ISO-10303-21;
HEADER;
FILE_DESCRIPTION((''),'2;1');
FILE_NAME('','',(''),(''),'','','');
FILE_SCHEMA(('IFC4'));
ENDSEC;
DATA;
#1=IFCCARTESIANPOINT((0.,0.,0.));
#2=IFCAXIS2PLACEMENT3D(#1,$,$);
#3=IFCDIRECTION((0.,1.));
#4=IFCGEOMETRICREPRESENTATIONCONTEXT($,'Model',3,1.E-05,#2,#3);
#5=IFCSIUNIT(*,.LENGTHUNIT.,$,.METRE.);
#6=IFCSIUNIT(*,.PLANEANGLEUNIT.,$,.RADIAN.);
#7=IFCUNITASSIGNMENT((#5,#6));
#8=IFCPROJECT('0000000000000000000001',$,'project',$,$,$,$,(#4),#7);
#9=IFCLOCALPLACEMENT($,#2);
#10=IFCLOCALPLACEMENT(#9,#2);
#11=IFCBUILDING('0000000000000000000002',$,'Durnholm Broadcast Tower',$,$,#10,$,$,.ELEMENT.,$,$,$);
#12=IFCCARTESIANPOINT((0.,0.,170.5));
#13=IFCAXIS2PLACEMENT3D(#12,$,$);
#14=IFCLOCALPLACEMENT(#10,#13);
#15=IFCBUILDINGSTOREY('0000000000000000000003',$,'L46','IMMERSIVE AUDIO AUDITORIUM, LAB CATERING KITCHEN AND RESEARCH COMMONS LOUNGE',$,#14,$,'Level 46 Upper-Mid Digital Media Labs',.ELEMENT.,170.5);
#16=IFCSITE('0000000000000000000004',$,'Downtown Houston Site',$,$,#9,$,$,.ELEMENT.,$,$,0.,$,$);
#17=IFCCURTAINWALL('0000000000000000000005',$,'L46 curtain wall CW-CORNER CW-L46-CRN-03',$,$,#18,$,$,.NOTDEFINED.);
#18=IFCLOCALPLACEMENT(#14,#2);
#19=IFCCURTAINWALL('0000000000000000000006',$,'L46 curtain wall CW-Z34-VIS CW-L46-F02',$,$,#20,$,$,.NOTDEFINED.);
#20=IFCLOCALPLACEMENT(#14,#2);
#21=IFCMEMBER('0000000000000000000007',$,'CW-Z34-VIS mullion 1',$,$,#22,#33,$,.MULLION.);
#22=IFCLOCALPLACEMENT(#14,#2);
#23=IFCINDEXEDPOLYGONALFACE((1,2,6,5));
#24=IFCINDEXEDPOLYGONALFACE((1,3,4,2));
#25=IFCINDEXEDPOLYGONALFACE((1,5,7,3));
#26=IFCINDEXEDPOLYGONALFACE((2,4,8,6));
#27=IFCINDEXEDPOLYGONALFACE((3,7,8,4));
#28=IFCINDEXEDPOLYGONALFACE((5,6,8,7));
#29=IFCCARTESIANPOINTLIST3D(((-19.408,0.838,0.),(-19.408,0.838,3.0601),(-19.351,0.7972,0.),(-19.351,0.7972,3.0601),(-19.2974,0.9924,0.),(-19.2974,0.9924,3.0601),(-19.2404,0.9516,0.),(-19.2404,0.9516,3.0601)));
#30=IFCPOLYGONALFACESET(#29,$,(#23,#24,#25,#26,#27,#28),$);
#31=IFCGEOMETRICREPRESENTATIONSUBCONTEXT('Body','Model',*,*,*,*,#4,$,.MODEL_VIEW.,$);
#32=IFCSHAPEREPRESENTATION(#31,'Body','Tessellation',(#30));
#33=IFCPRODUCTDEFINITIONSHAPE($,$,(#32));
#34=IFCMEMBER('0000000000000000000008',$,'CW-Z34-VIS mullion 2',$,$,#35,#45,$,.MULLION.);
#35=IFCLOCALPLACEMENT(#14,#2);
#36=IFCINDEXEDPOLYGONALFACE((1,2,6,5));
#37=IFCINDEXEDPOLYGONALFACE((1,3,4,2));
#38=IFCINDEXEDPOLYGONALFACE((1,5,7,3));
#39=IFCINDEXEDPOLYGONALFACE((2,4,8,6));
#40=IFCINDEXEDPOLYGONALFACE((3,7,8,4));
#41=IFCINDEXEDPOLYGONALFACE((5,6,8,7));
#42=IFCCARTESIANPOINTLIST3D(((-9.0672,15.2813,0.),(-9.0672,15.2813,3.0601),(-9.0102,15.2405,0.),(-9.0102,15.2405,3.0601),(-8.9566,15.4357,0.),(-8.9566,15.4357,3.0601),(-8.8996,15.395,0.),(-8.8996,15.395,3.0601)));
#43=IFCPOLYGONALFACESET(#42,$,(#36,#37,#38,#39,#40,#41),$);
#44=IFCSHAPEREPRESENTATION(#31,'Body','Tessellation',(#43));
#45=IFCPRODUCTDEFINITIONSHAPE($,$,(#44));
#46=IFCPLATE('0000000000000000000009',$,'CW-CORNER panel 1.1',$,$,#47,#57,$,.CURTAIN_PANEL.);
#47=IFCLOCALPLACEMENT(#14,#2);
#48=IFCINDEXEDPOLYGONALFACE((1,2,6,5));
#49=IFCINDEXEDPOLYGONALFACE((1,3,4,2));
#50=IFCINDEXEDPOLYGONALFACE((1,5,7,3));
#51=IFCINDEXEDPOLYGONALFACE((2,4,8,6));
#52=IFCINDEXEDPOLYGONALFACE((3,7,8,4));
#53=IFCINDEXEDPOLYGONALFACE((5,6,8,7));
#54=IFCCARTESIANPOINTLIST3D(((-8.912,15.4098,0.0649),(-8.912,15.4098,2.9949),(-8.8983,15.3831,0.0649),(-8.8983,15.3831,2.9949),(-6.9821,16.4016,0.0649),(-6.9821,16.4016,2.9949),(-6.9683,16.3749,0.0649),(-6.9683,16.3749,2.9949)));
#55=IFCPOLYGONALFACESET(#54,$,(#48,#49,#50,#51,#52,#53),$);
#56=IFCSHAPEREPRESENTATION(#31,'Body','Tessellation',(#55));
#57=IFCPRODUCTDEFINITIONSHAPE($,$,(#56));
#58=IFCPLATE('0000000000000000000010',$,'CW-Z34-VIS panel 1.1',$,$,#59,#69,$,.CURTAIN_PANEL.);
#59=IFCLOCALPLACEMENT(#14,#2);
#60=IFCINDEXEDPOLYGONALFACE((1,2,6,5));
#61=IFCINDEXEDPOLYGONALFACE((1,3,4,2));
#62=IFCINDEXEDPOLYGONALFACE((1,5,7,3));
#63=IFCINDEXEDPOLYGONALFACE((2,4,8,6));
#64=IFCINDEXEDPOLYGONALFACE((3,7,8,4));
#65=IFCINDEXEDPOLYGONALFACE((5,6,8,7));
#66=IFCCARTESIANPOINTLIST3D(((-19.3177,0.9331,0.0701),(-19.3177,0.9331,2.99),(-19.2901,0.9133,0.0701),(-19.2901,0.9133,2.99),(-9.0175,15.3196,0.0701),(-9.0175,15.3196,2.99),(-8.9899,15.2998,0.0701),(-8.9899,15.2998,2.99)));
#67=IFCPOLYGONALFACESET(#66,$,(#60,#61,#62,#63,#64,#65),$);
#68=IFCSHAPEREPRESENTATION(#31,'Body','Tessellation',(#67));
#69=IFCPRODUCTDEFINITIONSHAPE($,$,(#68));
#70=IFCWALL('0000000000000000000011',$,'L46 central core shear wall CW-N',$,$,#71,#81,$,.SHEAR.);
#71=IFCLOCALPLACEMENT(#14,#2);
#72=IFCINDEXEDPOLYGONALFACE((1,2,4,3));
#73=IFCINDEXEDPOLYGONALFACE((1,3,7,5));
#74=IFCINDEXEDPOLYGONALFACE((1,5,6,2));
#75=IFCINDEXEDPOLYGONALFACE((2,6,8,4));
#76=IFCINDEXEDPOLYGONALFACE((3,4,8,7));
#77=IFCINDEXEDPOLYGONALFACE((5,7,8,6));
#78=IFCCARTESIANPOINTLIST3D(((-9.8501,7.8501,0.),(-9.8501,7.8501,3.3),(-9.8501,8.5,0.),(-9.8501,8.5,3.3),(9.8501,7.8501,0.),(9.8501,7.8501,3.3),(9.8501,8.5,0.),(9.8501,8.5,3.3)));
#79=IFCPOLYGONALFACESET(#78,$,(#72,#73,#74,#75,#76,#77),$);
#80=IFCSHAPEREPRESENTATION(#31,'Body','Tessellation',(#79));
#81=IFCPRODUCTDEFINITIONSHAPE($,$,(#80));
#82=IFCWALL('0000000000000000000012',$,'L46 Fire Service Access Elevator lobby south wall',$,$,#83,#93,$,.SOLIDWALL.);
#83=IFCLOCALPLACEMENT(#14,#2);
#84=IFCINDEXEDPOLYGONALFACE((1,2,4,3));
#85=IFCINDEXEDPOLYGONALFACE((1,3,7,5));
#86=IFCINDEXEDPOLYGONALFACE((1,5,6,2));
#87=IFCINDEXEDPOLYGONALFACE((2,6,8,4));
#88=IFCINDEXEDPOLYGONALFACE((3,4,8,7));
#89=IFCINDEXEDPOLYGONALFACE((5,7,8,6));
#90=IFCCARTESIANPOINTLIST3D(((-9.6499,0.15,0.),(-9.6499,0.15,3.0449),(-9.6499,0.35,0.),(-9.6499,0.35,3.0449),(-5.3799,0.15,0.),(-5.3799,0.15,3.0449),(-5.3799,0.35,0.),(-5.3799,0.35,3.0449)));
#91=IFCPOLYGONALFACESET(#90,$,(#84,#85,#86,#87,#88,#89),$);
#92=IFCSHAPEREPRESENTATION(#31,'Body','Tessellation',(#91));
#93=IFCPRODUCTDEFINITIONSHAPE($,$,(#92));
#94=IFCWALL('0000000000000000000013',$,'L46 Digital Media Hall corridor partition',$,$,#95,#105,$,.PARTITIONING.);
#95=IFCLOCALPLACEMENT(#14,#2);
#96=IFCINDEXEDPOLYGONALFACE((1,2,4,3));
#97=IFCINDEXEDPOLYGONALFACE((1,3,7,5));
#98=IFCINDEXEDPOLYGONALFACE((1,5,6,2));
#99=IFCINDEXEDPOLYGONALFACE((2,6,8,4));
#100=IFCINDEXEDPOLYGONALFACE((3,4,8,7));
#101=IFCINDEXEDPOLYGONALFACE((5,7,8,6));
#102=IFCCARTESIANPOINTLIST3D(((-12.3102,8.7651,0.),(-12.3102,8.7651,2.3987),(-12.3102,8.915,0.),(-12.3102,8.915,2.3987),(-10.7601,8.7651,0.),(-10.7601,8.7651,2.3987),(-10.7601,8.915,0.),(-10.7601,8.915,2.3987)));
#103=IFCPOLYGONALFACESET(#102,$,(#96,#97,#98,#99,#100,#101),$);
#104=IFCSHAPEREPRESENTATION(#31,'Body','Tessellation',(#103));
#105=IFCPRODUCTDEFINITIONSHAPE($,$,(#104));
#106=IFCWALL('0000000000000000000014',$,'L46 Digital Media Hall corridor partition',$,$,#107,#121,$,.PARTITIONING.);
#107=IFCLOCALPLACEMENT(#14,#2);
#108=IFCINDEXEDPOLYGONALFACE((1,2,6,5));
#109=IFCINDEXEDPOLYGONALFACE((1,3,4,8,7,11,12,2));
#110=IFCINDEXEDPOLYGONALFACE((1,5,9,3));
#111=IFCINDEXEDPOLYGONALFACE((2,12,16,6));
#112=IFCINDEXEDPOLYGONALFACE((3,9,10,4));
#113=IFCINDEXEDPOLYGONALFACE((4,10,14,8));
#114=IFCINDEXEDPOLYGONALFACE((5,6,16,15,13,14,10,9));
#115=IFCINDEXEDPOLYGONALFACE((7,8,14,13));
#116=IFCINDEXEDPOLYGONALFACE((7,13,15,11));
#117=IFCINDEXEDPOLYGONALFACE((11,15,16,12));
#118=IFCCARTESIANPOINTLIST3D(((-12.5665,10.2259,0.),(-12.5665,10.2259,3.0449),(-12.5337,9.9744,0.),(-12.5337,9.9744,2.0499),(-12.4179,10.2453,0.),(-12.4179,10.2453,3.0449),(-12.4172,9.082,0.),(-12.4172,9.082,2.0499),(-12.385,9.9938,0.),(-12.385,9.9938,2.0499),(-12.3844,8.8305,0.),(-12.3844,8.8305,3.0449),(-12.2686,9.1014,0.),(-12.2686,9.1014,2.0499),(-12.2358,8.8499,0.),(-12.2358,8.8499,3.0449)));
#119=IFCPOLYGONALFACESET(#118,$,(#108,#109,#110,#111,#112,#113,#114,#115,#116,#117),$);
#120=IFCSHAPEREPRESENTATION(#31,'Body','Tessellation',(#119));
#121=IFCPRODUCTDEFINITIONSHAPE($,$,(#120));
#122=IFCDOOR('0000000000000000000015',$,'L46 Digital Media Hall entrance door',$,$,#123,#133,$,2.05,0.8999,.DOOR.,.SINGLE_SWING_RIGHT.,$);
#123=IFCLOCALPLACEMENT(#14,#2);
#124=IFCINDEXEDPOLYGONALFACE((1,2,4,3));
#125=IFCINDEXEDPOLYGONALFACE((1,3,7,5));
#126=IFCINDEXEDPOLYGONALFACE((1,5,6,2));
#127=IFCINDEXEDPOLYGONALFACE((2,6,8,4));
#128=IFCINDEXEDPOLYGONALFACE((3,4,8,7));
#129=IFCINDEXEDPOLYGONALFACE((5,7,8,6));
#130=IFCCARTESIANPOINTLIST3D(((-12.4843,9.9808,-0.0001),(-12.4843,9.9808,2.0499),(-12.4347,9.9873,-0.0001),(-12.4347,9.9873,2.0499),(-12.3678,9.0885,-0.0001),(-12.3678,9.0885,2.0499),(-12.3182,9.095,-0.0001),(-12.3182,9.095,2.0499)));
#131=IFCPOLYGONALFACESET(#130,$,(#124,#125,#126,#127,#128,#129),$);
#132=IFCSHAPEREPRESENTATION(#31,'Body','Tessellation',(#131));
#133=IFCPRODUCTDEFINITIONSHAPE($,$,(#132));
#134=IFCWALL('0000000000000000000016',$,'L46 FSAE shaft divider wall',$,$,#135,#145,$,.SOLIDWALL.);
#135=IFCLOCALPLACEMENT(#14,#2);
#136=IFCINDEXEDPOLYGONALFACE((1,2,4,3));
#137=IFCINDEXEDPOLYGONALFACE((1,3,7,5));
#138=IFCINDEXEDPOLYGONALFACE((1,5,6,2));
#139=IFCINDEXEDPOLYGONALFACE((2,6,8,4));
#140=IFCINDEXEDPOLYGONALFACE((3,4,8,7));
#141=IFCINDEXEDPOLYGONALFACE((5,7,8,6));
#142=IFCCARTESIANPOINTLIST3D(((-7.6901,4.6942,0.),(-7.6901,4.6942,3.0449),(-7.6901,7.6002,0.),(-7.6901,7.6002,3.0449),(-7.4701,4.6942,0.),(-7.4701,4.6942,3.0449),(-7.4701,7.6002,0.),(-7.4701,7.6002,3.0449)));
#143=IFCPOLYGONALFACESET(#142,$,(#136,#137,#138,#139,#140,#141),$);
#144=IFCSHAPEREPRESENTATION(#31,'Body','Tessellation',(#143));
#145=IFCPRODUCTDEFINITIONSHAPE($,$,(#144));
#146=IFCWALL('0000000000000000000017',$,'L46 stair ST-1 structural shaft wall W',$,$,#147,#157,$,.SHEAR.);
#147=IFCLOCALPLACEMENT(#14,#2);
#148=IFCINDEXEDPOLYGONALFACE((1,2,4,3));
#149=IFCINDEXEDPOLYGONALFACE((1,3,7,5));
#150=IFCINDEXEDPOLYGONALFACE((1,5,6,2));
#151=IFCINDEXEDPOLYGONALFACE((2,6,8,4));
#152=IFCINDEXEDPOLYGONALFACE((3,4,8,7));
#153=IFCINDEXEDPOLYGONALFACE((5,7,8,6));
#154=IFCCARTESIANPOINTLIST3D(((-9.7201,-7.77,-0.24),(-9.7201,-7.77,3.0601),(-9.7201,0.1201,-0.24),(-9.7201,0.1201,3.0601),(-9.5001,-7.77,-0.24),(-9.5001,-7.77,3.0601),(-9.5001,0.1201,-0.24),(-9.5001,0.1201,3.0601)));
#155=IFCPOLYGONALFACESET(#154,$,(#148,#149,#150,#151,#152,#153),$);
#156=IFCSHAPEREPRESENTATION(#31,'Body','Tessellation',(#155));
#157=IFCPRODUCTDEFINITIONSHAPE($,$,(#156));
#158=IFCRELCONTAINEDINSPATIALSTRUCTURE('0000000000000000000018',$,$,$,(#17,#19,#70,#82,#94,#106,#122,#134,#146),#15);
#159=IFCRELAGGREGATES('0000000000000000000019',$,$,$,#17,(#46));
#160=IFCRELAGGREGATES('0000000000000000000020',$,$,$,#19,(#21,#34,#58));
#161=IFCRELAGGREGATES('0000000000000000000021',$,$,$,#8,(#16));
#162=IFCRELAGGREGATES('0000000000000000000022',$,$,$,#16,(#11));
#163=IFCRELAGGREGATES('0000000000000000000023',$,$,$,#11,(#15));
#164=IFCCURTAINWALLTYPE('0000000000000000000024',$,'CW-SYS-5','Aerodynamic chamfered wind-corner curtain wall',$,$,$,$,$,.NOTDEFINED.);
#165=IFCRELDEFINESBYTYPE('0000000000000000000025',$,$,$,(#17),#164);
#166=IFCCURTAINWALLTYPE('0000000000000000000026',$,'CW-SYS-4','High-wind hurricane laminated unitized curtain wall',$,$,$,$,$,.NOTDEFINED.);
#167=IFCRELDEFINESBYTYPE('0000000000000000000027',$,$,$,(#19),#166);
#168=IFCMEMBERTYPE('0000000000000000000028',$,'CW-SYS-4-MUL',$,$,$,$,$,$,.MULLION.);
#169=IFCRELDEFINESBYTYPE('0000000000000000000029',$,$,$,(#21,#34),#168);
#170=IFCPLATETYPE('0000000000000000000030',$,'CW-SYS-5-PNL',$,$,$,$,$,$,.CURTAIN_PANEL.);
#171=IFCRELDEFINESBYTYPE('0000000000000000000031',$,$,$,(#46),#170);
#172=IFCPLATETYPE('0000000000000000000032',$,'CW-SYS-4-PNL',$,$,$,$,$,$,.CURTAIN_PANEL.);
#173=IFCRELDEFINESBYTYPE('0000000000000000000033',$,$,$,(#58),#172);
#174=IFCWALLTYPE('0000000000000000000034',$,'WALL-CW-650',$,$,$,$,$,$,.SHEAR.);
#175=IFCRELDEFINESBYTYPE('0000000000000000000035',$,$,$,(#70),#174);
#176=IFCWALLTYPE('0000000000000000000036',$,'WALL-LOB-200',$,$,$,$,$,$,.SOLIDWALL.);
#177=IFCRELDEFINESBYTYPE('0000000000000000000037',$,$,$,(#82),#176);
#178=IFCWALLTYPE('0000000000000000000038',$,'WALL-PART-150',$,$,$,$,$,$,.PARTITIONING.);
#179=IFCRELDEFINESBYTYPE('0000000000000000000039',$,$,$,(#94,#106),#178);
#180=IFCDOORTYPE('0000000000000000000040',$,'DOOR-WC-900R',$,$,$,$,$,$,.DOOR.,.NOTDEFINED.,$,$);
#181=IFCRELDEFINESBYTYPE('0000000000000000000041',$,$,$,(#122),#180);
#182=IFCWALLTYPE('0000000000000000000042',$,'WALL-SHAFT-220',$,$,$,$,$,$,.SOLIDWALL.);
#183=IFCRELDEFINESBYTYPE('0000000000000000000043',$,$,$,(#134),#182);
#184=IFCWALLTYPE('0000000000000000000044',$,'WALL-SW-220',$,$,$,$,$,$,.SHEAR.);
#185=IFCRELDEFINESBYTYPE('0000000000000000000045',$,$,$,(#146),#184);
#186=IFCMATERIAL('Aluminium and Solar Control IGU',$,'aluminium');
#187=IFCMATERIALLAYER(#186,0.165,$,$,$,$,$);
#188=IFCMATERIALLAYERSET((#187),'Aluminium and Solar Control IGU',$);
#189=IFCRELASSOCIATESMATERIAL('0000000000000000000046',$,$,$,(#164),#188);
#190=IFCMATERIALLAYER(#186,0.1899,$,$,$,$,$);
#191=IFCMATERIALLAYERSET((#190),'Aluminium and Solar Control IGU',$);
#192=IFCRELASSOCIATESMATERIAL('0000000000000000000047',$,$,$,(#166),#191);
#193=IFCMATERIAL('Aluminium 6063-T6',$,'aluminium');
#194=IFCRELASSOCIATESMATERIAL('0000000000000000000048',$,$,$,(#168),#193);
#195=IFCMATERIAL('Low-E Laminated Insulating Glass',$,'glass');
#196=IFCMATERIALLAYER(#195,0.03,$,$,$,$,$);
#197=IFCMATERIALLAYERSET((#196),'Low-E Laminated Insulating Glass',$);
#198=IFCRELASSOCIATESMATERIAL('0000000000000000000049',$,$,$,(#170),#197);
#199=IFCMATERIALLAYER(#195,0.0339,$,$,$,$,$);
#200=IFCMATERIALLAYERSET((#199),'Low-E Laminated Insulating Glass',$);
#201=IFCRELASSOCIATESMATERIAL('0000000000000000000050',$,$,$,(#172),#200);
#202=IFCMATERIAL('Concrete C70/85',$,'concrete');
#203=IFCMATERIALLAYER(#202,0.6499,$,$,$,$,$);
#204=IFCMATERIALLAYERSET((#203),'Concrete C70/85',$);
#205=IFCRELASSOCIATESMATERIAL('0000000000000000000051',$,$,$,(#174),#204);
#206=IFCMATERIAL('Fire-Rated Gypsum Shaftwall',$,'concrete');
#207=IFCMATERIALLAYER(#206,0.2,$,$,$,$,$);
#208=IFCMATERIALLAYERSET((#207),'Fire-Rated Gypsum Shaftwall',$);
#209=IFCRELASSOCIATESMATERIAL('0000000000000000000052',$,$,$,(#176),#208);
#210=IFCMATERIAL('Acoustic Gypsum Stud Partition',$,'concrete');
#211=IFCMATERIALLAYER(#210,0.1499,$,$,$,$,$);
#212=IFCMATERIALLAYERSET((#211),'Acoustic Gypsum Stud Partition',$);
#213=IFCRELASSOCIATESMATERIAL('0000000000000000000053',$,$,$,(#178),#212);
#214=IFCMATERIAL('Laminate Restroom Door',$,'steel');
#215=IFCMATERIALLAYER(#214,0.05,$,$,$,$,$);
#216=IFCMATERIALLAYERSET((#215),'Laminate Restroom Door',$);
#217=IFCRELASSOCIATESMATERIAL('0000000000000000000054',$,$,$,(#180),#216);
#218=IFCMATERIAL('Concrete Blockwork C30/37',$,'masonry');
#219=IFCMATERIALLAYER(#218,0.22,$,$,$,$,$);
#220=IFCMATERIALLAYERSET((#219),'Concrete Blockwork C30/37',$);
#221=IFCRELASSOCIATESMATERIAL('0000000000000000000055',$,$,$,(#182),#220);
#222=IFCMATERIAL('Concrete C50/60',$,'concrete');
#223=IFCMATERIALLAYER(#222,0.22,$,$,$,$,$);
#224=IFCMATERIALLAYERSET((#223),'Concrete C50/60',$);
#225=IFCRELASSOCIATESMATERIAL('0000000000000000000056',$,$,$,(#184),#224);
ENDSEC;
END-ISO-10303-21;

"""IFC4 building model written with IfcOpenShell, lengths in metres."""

from ifc_helpers import new_model, si_unit, direction, frame, frame_2d, origin, origin_2d, place, context, subcontext, project, spatial, rectangle, extrude, source, transform, mapped, material, layer, layer_set, material_profile, profile_set, type_object, type_shapes, element, fill, aggregate, save


model = new_model("IFC4")

# Units and contexts
model_context = context("Model", 3, precision=1e-05, world=origin(), true_north=direction((0.0, 1.0)))
body_context = subcontext(model_context, "Body", "Model", "MODEL_VIEW")
ifc_project = project(units=[si_unit("LENGTHUNIT", "METRE"), si_unit("PLANEANGLEUNIT", "RADIAN")], contexts=[model_context])

# Site, building, storey
site_placement = place(None, origin())
site = spatial("IfcSite", under=ifc_project, at=site_placement, Name="Downtown Houston Site", CompositionType="ELEMENT", RefElevation=0.0)
building_placement = place(site_placement, origin())
building = spatial("IfcBuilding", under=site, at=building_placement, Name="Durnholm Broadcast Tower", CompositionType="ELEMENT")
storey_placement = place(building_placement, frame((0.0, 0.0, 170.5)))
storey = spatial("IfcBuildingStorey", under=building, at=storey_placement, Name="L46", Description="IMMERSIVE AUDIO AUDITORIUM, LAB CATERING KITCHEN AND RESEARCH COMMONS LOUNGE", LongName="Level 46 Upper-Mid Digital Media Labs", CompositionType="ELEMENT", Elevation=170.5)

# Shared definitions
ifc_material_1 = material(Name="Concrete C70/85", Category="concrete")

# Shared definitions
ifc_material_2 = material(Name="Aluminium and Solar Control IGU", Category="aluminium")
ifc_layer_1 = layer(ifc_material_2, 0.165)
ifc_layer_set_1 = layer_set([ifc_layer_1], Name="Aluminium and Solar Control IGU")
curtain_wall_type_1 = type_object("IfcCurtainWallType", Name="CW-SYS-5", Description="Aerodynamic chamfered wind-corner curtain wall", PredefinedType="NOTDEFINED", material=ifc_layer_set_1)
ifc_material_3 = material(Name="Aluminium 6063-T6", Category="aluminium")

# Curtain walls, members
curtain_wall_1_placement = place(storey_placement, origin())
curtain_wall_1 = element("IfcCurtainWall", 1, at=curtain_wall_1_placement, inside=storey, type_object=curtain_wall_type_1, Name="L46 curtain wall CW-CORNER CW-L46-CRN-03", PredefinedType="NOTDEFINED")
ifc_layer_2 = layer(ifc_material_2, 0.1899)
ifc_layer_set_2 = layer_set([ifc_layer_2], Name="Aluminium and Solar Control IGU")
curtain_wall_type_2 = type_object("IfcCurtainWallType", Name="CW-SYS-4", Description="High-wind hurricane laminated unitized curtain wall", PredefinedType="NOTDEFINED", material=ifc_layer_set_2)
curtain_wall_2_placement = place(storey_placement, origin())
curtain_wall_2 = element("IfcCurtainWall", 2, at=curtain_wall_2_placement, inside=storey, type_object=curtain_wall_type_2, Name="L46 curtain wall CW-Z34-VIS CW-L46-F02", PredefinedType="NOTDEFINED")
ifc_material_profile_1 = material_profile(ifc_material_3, rectangle(XDim=0.0701, YDim=0.1899, at=origin_2d()), Name="CWM70X190")
ifc_profile_set_1 = profile_set([ifc_material_profile_1], Name="Aluminium 6063-T6")
member_type_1 = type_object("IfcMemberType", Name="CW-SYS-4-MUL", PredefinedType="MULLION", material=ifc_profile_set_1)
shared_shape_1 = source(origin(), body_context, "Body", "SweptSolid", [
    extrude(rectangle(XDim=0.0701, YDim=0.1899, at=origin_2d()), origin(), (0.0, 0.0, 1.0), 3.0601),
])
type_shapes(member_type_1, [shared_shape_1])
member_1_placement = place(storey_placement, frame((-19.3242, 0.8948, 0.0), z_axis=(0.0, 0.0, 1.0), x_axis=(-0.813089, 0.582139, 0.0)))
member_1 = element("IfcMember", 3, at=member_1_placement, type_object=member_type_1, Name="CW-Z34-VIS mullion 1", PredefinedType="MULLION", context=body_context, shape_type="MappedRepresentation", body=[
    mapped(shared_shape_1, transform((0.0, 0.0, 0.0), x_axis=(1.0, 0.0, 0.0), y_axis=(0.0, 1.0, 0.0), z_axis=(0.0, 0.0, 1.0), scale=1.0)),
])
member_2_placement = place(storey_placement, frame((-8.9834, 15.3381, 0.0), z_axis=(0.0, 0.0, 1.0), x_axis=(-0.813089, 0.582139, 0.0)))
member_2 = element("IfcMember", 4, at=member_2_placement, type_object=member_type_1, Name="CW-Z34-VIS mullion 2", PredefinedType="MULLION", context=body_context, shape_type="MappedRepresentation", body=[
    mapped(shared_shape_1, transform((0.0, 0.0, 0.0), x_axis=(1.0, 0.0, 0.0), y_axis=(0.0, 1.0, 0.0), z_axis=(0.0, 0.0, 1.0), scale=1.0)),
])

# Plates
ifc_material_4 = material(Name="Low-E Laminated Insulating Glass", Category="glass")
ifc_layer_3 = layer(ifc_material_4, 0.03)
ifc_layer_set_3 = layer_set([ifc_layer_3], Name="Low-E Laminated Insulating Glass")
plate_type_1 = type_object("IfcPlateType", Name="CW-SYS-5-PNL", PredefinedType="CURTAIN_PANEL", material=ifc_layer_set_3)
shared_shape_2 = source(origin(), body_context, "Body", "SweptSolid", [
    extrude(rectangle(XDim=2.1699, YDim=0.03, at=origin_2d()), origin(), (0.0, 0.0, 1.0), 2.9299),
])
type_shapes(plate_type_1, [shared_shape_2])
plate_1_placement = place(storey_placement, frame((-7.9402, 15.8923, 0.0649), z_axis=(0.0, 0.0, 1.0), x_axis=(0.889425, 0.457082, 0.0)))
plate_1 = element("IfcPlate", 5, at=plate_1_placement, type_object=plate_type_1, Name="CW-CORNER panel 1.1", PredefinedType="CURTAIN_PANEL", context=body_context, shape_type="MappedRepresentation", body=[
    mapped(shared_shape_2, transform((0.0, 0.0, 0.0), x_axis=(1.0, 0.0, 0.0), y_axis=(0.0, 1.0, 0.0), z_axis=(0.0, 0.0, 1.0), scale=1.0)),
])
aggregate(curtain_wall_1, [plate_1])
ifc_layer_4 = layer(ifc_material_4, 0.0339)
ifc_layer_set_4 = layer_set([ifc_layer_4], Name="Low-E Laminated Insulating Glass")
plate_type_2 = type_object("IfcPlateType", Name="CW-SYS-4-PNL", PredefinedType="CURTAIN_PANEL", material=ifc_layer_set_4)
shared_shape_3 = source(origin(), body_context, "Body", "SweptSolid", [
    extrude(rectangle(XDim=17.6936, YDim=0.0339, at=origin_2d()), origin(), (0.0, 0.0, 1.0), 2.9199),
])
type_shapes(plate_type_2, [shared_shape_3])
plate_2_placement = place(storey_placement, frame((-14.1538, 8.1165, 0.0701), z_axis=(0.0, 0.0, 1.0), x_axis=(0.582139, 0.813089, 0.0)))
plate_2 = element("IfcPlate", 6, at=plate_2_placement, type_object=plate_type_2, Name="CW-Z34-VIS panel 1.1", PredefinedType="CURTAIN_PANEL", context=body_context, shape_type="MappedRepresentation", body=[
    mapped(shared_shape_3, transform((0.0, 0.0, 0.0), x_axis=(1.0, 0.0, 0.0), y_axis=(0.0, 1.0, 0.0), z_axis=(0.0, 0.0, 1.0), scale=1.0)),
])
aggregate(curtain_wall_2, [member_1, member_2, plate_2])

# Walls
ifc_layer_5 = layer(ifc_material_1, 0.6499)
ifc_layer_set_5 = layer_set([ifc_layer_5], Name="Concrete C70/85")
wall_type_1 = type_object("IfcWallType", Name="WALL-CW-650", PredefinedType="SHEAR", material=ifc_layer_set_5)
wall_1_placement = place(storey_placement, frame((-9.8501, 8.175, 0.0), z_axis=(0.0, 0.0, 1.0), x_axis=(1.0, 0.0, 0.0)))
element("IfcWall", 7, at=wall_1_placement, inside=storey, type_object=wall_type_1, Name="L46 central core shear wall CW-N", PredefinedType="SHEAR", context=body_context, shape_type="SweptSolid", body=[
    extrude(rectangle(XDim=19.7002, YDim=0.6499, at=frame_2d((9.8501, 0.0))), origin(), (0.0, 0.0, 1.0), 3.3),
])
ifc_material_5 = material(Name="Fire-Rated Gypsum Shaftwall", Category="concrete")
ifc_layer_6 = layer(ifc_material_5, 0.2)
ifc_layer_set_6 = layer_set([ifc_layer_6], Name="Fire-Rated Gypsum Shaftwall")
wall_type_2 = type_object("IfcWallType", Name="WALL-LOB-200", PredefinedType="SOLIDWALL", material=ifc_layer_set_6)
wall_2_placement = place(storey_placement, frame((-9.6499, 0.25, 0.0), z_axis=(0.0, 0.0, 1.0), x_axis=(1.0, 0.0, 0.0)))
element("IfcWall", 8, at=wall_2_placement, inside=storey, type_object=wall_type_2, Name="L46 Fire Service Access Elevator lobby south wall", PredefinedType="SOLIDWALL", context=body_context, shape_type="SweptSolid", body=[
    extrude(rectangle(XDim=4.27, YDim=0.2, at=frame_2d((2.135, 0.0))), origin(), (0.0, 0.0, 1.0), 3.0449),
])
ifc_material_6 = material(Name="Acoustic Gypsum Stud Partition", Category="concrete")
ifc_layer_7 = layer(ifc_material_6, 0.1499)
ifc_layer_set_7 = layer_set([ifc_layer_7], Name="Acoustic Gypsum Stud Partition")
wall_type_3 = type_object("IfcWallType", Name="WALL-PART-150", PredefinedType="PARTITIONING", material=ifc_layer_set_7)
wall_3_placement = place(storey_placement, frame((-12.3101, 8.8401, 0.0), z_axis=(0.0, 0.0, 1.0), x_axis=(1.0, 0.0, 0.0)))
element("IfcWall", 9, at=wall_3_placement, inside=storey, type_object=wall_type_3, Name="L46 Digital Media Hall corridor partition", PredefinedType="PARTITIONING", context=body_context, shape_type="SweptSolid", body=[
    extrude(rectangle(XDim=1.55, YDim=0.1499, at=frame_2d((0.7749, 0.0))), origin(), (0.0, 0.0, 1.0), 2.3987),
])

# Wall, opening, door
wall_4_placement = place(storey_placement, frame((-12.4922, 10.2356, 0.0), z_axis=(0.0, 0.0, 1.0), x_axis=(0.129413, -0.991591, 0.0)))
wall_4 = element("IfcWall", 10, at=wall_4_placement, inside=storey, type_object=wall_type_3, Name="L46 Digital Media Hall corridor partition", PredefinedType="PARTITIONING", context=body_context, shape_type="SweptSolid", body=[
    extrude(rectangle(XDim=1.4072, YDim=0.1499, at=frame_2d((0.7036, 0.0))), origin(), (0.0, 0.0, 1.0), 3.0449),
])
opening_1_placement = place(wall_4_placement, frame((0.2537, 0.0, 0.0)))
opening_1 = element("IfcOpeningElement", 11, at=opening_1_placement, cuts=wall_4, PredefinedType="OPENING", context=body_context, shape_type="SweptSolid", body=[
    extrude(rectangle(XDim=0.8999, YDim=2.05, at=frame_2d((0.45, 1.0249))), frame((0.0, 0.085, 0.0), z_axis=(0.0, -1.0, 0.0), x_axis=(1.0, 0.0, 0.0)), (0.0, 0.0, 1.0), 0.1699),
])
ifc_material_7 = material(Name="Laminate Restroom Door", Category="steel")
ifc_layer_8 = layer(ifc_material_7, 0.05)
ifc_layer_set_8 = layer_set([ifc_layer_8], Name="Laminate Restroom Door")
door_type_1 = type_object("IfcDoorType", Name="DOOR-WC-900R", OperationType="NOTDEFINED", PredefinedType="DOOR", material=ifc_layer_set_8)
shared_shape_4 = source(origin(), body_context, "Body", "SweptSolid", [
    extrude(rectangle(XDim=0.8999, YDim=2.05, at=frame_2d((0.45, 1.0249))), frame((0.0, 0.0249, 0.0), z_axis=(0.0, -1.0, 0.0), x_axis=(1.0, 0.0, 0.0)), (0.0, 0.0, 1.0), 0.05),
])
type_shapes(door_type_1, [shared_shape_4])
door_1_placement = place(opening_1_placement, origin())
door_1 = element("IfcDoor", 12, at=door_1_placement, inside=storey, type_object=door_type_1, Name="L46 Digital Media Hall entrance door", OperationType="SINGLE_SWING_RIGHT", OverallHeight=2.05, OverallWidth=0.8999, PredefinedType="DOOR", context=body_context, shape_type="MappedRepresentation", body=[
    mapped(shared_shape_4, transform((0.0, 0.0, 0.0), x_axis=(1.0, 0.0, 0.0), y_axis=(0.0, 1.0, 0.0), z_axis=(0.0, 0.0, 1.0), scale=1.0)),
])
fill(opening_1, door_1)

# Shared definitions
ifc_material_8 = material(Name="Concrete Blockwork C30/37", Category="masonry")
ifc_layer_9 = layer(ifc_material_8, 0.22)
ifc_layer_set_9 = layer_set([ifc_layer_9], Name="Concrete Blockwork C30/37")
wall_type_4 = type_object("IfcWallType", Name="WALL-SHAFT-220", PredefinedType="SOLIDWALL", material=ifc_layer_set_9)

# Walls
wall_5_placement = place(storey_placement, frame((-7.5801, 4.6941, 0.0), z_axis=(0.0, 0.0, 1.0), x_axis=(0.0, 1.0, 0.0)))
element("IfcWall", 13, at=wall_5_placement, inside=storey, type_object=wall_type_4, Name="L46 FSAE shaft divider wall", PredefinedType="SOLIDWALL", context=body_context, shape_type="SweptSolid", body=[
    extrude(rectangle(XDim=2.906, YDim=0.22, at=frame_2d((1.4531, 0.0))), origin(), (0.0, 0.0, 1.0), 3.0449),
])
ifc_material_9 = material(Name="Concrete C50/60", Category="concrete")
ifc_layer_10 = layer(ifc_material_9, 0.22)
ifc_layer_set_10 = layer_set([ifc_layer_10], Name="Concrete C50/60")
wall_type_5 = type_object("IfcWallType", Name="WALL-SW-220", PredefinedType="SHEAR", material=ifc_layer_set_10)
wall_6_placement = place(storey_placement, frame((-9.6101, 0.1201, -0.24), z_axis=(0.0, 0.0, 1.0), x_axis=(0.0, -1.0, 0.0)))
element("IfcWall", 14, at=wall_6_placement, inside=storey, type_object=wall_type_5, Name="L46 stair ST-1 structural shaft wall W", PredefinedType="SHEAR", context=body_context, shape_type="SweptSolid", body=[
    extrude(rectangle(XDim=7.8901, YDim=0.22, at=frame_2d((3.9451, 0.0))), origin(), (0.0, 0.0, 1.0), 3.3),
])

save(model, "model.ifc")
